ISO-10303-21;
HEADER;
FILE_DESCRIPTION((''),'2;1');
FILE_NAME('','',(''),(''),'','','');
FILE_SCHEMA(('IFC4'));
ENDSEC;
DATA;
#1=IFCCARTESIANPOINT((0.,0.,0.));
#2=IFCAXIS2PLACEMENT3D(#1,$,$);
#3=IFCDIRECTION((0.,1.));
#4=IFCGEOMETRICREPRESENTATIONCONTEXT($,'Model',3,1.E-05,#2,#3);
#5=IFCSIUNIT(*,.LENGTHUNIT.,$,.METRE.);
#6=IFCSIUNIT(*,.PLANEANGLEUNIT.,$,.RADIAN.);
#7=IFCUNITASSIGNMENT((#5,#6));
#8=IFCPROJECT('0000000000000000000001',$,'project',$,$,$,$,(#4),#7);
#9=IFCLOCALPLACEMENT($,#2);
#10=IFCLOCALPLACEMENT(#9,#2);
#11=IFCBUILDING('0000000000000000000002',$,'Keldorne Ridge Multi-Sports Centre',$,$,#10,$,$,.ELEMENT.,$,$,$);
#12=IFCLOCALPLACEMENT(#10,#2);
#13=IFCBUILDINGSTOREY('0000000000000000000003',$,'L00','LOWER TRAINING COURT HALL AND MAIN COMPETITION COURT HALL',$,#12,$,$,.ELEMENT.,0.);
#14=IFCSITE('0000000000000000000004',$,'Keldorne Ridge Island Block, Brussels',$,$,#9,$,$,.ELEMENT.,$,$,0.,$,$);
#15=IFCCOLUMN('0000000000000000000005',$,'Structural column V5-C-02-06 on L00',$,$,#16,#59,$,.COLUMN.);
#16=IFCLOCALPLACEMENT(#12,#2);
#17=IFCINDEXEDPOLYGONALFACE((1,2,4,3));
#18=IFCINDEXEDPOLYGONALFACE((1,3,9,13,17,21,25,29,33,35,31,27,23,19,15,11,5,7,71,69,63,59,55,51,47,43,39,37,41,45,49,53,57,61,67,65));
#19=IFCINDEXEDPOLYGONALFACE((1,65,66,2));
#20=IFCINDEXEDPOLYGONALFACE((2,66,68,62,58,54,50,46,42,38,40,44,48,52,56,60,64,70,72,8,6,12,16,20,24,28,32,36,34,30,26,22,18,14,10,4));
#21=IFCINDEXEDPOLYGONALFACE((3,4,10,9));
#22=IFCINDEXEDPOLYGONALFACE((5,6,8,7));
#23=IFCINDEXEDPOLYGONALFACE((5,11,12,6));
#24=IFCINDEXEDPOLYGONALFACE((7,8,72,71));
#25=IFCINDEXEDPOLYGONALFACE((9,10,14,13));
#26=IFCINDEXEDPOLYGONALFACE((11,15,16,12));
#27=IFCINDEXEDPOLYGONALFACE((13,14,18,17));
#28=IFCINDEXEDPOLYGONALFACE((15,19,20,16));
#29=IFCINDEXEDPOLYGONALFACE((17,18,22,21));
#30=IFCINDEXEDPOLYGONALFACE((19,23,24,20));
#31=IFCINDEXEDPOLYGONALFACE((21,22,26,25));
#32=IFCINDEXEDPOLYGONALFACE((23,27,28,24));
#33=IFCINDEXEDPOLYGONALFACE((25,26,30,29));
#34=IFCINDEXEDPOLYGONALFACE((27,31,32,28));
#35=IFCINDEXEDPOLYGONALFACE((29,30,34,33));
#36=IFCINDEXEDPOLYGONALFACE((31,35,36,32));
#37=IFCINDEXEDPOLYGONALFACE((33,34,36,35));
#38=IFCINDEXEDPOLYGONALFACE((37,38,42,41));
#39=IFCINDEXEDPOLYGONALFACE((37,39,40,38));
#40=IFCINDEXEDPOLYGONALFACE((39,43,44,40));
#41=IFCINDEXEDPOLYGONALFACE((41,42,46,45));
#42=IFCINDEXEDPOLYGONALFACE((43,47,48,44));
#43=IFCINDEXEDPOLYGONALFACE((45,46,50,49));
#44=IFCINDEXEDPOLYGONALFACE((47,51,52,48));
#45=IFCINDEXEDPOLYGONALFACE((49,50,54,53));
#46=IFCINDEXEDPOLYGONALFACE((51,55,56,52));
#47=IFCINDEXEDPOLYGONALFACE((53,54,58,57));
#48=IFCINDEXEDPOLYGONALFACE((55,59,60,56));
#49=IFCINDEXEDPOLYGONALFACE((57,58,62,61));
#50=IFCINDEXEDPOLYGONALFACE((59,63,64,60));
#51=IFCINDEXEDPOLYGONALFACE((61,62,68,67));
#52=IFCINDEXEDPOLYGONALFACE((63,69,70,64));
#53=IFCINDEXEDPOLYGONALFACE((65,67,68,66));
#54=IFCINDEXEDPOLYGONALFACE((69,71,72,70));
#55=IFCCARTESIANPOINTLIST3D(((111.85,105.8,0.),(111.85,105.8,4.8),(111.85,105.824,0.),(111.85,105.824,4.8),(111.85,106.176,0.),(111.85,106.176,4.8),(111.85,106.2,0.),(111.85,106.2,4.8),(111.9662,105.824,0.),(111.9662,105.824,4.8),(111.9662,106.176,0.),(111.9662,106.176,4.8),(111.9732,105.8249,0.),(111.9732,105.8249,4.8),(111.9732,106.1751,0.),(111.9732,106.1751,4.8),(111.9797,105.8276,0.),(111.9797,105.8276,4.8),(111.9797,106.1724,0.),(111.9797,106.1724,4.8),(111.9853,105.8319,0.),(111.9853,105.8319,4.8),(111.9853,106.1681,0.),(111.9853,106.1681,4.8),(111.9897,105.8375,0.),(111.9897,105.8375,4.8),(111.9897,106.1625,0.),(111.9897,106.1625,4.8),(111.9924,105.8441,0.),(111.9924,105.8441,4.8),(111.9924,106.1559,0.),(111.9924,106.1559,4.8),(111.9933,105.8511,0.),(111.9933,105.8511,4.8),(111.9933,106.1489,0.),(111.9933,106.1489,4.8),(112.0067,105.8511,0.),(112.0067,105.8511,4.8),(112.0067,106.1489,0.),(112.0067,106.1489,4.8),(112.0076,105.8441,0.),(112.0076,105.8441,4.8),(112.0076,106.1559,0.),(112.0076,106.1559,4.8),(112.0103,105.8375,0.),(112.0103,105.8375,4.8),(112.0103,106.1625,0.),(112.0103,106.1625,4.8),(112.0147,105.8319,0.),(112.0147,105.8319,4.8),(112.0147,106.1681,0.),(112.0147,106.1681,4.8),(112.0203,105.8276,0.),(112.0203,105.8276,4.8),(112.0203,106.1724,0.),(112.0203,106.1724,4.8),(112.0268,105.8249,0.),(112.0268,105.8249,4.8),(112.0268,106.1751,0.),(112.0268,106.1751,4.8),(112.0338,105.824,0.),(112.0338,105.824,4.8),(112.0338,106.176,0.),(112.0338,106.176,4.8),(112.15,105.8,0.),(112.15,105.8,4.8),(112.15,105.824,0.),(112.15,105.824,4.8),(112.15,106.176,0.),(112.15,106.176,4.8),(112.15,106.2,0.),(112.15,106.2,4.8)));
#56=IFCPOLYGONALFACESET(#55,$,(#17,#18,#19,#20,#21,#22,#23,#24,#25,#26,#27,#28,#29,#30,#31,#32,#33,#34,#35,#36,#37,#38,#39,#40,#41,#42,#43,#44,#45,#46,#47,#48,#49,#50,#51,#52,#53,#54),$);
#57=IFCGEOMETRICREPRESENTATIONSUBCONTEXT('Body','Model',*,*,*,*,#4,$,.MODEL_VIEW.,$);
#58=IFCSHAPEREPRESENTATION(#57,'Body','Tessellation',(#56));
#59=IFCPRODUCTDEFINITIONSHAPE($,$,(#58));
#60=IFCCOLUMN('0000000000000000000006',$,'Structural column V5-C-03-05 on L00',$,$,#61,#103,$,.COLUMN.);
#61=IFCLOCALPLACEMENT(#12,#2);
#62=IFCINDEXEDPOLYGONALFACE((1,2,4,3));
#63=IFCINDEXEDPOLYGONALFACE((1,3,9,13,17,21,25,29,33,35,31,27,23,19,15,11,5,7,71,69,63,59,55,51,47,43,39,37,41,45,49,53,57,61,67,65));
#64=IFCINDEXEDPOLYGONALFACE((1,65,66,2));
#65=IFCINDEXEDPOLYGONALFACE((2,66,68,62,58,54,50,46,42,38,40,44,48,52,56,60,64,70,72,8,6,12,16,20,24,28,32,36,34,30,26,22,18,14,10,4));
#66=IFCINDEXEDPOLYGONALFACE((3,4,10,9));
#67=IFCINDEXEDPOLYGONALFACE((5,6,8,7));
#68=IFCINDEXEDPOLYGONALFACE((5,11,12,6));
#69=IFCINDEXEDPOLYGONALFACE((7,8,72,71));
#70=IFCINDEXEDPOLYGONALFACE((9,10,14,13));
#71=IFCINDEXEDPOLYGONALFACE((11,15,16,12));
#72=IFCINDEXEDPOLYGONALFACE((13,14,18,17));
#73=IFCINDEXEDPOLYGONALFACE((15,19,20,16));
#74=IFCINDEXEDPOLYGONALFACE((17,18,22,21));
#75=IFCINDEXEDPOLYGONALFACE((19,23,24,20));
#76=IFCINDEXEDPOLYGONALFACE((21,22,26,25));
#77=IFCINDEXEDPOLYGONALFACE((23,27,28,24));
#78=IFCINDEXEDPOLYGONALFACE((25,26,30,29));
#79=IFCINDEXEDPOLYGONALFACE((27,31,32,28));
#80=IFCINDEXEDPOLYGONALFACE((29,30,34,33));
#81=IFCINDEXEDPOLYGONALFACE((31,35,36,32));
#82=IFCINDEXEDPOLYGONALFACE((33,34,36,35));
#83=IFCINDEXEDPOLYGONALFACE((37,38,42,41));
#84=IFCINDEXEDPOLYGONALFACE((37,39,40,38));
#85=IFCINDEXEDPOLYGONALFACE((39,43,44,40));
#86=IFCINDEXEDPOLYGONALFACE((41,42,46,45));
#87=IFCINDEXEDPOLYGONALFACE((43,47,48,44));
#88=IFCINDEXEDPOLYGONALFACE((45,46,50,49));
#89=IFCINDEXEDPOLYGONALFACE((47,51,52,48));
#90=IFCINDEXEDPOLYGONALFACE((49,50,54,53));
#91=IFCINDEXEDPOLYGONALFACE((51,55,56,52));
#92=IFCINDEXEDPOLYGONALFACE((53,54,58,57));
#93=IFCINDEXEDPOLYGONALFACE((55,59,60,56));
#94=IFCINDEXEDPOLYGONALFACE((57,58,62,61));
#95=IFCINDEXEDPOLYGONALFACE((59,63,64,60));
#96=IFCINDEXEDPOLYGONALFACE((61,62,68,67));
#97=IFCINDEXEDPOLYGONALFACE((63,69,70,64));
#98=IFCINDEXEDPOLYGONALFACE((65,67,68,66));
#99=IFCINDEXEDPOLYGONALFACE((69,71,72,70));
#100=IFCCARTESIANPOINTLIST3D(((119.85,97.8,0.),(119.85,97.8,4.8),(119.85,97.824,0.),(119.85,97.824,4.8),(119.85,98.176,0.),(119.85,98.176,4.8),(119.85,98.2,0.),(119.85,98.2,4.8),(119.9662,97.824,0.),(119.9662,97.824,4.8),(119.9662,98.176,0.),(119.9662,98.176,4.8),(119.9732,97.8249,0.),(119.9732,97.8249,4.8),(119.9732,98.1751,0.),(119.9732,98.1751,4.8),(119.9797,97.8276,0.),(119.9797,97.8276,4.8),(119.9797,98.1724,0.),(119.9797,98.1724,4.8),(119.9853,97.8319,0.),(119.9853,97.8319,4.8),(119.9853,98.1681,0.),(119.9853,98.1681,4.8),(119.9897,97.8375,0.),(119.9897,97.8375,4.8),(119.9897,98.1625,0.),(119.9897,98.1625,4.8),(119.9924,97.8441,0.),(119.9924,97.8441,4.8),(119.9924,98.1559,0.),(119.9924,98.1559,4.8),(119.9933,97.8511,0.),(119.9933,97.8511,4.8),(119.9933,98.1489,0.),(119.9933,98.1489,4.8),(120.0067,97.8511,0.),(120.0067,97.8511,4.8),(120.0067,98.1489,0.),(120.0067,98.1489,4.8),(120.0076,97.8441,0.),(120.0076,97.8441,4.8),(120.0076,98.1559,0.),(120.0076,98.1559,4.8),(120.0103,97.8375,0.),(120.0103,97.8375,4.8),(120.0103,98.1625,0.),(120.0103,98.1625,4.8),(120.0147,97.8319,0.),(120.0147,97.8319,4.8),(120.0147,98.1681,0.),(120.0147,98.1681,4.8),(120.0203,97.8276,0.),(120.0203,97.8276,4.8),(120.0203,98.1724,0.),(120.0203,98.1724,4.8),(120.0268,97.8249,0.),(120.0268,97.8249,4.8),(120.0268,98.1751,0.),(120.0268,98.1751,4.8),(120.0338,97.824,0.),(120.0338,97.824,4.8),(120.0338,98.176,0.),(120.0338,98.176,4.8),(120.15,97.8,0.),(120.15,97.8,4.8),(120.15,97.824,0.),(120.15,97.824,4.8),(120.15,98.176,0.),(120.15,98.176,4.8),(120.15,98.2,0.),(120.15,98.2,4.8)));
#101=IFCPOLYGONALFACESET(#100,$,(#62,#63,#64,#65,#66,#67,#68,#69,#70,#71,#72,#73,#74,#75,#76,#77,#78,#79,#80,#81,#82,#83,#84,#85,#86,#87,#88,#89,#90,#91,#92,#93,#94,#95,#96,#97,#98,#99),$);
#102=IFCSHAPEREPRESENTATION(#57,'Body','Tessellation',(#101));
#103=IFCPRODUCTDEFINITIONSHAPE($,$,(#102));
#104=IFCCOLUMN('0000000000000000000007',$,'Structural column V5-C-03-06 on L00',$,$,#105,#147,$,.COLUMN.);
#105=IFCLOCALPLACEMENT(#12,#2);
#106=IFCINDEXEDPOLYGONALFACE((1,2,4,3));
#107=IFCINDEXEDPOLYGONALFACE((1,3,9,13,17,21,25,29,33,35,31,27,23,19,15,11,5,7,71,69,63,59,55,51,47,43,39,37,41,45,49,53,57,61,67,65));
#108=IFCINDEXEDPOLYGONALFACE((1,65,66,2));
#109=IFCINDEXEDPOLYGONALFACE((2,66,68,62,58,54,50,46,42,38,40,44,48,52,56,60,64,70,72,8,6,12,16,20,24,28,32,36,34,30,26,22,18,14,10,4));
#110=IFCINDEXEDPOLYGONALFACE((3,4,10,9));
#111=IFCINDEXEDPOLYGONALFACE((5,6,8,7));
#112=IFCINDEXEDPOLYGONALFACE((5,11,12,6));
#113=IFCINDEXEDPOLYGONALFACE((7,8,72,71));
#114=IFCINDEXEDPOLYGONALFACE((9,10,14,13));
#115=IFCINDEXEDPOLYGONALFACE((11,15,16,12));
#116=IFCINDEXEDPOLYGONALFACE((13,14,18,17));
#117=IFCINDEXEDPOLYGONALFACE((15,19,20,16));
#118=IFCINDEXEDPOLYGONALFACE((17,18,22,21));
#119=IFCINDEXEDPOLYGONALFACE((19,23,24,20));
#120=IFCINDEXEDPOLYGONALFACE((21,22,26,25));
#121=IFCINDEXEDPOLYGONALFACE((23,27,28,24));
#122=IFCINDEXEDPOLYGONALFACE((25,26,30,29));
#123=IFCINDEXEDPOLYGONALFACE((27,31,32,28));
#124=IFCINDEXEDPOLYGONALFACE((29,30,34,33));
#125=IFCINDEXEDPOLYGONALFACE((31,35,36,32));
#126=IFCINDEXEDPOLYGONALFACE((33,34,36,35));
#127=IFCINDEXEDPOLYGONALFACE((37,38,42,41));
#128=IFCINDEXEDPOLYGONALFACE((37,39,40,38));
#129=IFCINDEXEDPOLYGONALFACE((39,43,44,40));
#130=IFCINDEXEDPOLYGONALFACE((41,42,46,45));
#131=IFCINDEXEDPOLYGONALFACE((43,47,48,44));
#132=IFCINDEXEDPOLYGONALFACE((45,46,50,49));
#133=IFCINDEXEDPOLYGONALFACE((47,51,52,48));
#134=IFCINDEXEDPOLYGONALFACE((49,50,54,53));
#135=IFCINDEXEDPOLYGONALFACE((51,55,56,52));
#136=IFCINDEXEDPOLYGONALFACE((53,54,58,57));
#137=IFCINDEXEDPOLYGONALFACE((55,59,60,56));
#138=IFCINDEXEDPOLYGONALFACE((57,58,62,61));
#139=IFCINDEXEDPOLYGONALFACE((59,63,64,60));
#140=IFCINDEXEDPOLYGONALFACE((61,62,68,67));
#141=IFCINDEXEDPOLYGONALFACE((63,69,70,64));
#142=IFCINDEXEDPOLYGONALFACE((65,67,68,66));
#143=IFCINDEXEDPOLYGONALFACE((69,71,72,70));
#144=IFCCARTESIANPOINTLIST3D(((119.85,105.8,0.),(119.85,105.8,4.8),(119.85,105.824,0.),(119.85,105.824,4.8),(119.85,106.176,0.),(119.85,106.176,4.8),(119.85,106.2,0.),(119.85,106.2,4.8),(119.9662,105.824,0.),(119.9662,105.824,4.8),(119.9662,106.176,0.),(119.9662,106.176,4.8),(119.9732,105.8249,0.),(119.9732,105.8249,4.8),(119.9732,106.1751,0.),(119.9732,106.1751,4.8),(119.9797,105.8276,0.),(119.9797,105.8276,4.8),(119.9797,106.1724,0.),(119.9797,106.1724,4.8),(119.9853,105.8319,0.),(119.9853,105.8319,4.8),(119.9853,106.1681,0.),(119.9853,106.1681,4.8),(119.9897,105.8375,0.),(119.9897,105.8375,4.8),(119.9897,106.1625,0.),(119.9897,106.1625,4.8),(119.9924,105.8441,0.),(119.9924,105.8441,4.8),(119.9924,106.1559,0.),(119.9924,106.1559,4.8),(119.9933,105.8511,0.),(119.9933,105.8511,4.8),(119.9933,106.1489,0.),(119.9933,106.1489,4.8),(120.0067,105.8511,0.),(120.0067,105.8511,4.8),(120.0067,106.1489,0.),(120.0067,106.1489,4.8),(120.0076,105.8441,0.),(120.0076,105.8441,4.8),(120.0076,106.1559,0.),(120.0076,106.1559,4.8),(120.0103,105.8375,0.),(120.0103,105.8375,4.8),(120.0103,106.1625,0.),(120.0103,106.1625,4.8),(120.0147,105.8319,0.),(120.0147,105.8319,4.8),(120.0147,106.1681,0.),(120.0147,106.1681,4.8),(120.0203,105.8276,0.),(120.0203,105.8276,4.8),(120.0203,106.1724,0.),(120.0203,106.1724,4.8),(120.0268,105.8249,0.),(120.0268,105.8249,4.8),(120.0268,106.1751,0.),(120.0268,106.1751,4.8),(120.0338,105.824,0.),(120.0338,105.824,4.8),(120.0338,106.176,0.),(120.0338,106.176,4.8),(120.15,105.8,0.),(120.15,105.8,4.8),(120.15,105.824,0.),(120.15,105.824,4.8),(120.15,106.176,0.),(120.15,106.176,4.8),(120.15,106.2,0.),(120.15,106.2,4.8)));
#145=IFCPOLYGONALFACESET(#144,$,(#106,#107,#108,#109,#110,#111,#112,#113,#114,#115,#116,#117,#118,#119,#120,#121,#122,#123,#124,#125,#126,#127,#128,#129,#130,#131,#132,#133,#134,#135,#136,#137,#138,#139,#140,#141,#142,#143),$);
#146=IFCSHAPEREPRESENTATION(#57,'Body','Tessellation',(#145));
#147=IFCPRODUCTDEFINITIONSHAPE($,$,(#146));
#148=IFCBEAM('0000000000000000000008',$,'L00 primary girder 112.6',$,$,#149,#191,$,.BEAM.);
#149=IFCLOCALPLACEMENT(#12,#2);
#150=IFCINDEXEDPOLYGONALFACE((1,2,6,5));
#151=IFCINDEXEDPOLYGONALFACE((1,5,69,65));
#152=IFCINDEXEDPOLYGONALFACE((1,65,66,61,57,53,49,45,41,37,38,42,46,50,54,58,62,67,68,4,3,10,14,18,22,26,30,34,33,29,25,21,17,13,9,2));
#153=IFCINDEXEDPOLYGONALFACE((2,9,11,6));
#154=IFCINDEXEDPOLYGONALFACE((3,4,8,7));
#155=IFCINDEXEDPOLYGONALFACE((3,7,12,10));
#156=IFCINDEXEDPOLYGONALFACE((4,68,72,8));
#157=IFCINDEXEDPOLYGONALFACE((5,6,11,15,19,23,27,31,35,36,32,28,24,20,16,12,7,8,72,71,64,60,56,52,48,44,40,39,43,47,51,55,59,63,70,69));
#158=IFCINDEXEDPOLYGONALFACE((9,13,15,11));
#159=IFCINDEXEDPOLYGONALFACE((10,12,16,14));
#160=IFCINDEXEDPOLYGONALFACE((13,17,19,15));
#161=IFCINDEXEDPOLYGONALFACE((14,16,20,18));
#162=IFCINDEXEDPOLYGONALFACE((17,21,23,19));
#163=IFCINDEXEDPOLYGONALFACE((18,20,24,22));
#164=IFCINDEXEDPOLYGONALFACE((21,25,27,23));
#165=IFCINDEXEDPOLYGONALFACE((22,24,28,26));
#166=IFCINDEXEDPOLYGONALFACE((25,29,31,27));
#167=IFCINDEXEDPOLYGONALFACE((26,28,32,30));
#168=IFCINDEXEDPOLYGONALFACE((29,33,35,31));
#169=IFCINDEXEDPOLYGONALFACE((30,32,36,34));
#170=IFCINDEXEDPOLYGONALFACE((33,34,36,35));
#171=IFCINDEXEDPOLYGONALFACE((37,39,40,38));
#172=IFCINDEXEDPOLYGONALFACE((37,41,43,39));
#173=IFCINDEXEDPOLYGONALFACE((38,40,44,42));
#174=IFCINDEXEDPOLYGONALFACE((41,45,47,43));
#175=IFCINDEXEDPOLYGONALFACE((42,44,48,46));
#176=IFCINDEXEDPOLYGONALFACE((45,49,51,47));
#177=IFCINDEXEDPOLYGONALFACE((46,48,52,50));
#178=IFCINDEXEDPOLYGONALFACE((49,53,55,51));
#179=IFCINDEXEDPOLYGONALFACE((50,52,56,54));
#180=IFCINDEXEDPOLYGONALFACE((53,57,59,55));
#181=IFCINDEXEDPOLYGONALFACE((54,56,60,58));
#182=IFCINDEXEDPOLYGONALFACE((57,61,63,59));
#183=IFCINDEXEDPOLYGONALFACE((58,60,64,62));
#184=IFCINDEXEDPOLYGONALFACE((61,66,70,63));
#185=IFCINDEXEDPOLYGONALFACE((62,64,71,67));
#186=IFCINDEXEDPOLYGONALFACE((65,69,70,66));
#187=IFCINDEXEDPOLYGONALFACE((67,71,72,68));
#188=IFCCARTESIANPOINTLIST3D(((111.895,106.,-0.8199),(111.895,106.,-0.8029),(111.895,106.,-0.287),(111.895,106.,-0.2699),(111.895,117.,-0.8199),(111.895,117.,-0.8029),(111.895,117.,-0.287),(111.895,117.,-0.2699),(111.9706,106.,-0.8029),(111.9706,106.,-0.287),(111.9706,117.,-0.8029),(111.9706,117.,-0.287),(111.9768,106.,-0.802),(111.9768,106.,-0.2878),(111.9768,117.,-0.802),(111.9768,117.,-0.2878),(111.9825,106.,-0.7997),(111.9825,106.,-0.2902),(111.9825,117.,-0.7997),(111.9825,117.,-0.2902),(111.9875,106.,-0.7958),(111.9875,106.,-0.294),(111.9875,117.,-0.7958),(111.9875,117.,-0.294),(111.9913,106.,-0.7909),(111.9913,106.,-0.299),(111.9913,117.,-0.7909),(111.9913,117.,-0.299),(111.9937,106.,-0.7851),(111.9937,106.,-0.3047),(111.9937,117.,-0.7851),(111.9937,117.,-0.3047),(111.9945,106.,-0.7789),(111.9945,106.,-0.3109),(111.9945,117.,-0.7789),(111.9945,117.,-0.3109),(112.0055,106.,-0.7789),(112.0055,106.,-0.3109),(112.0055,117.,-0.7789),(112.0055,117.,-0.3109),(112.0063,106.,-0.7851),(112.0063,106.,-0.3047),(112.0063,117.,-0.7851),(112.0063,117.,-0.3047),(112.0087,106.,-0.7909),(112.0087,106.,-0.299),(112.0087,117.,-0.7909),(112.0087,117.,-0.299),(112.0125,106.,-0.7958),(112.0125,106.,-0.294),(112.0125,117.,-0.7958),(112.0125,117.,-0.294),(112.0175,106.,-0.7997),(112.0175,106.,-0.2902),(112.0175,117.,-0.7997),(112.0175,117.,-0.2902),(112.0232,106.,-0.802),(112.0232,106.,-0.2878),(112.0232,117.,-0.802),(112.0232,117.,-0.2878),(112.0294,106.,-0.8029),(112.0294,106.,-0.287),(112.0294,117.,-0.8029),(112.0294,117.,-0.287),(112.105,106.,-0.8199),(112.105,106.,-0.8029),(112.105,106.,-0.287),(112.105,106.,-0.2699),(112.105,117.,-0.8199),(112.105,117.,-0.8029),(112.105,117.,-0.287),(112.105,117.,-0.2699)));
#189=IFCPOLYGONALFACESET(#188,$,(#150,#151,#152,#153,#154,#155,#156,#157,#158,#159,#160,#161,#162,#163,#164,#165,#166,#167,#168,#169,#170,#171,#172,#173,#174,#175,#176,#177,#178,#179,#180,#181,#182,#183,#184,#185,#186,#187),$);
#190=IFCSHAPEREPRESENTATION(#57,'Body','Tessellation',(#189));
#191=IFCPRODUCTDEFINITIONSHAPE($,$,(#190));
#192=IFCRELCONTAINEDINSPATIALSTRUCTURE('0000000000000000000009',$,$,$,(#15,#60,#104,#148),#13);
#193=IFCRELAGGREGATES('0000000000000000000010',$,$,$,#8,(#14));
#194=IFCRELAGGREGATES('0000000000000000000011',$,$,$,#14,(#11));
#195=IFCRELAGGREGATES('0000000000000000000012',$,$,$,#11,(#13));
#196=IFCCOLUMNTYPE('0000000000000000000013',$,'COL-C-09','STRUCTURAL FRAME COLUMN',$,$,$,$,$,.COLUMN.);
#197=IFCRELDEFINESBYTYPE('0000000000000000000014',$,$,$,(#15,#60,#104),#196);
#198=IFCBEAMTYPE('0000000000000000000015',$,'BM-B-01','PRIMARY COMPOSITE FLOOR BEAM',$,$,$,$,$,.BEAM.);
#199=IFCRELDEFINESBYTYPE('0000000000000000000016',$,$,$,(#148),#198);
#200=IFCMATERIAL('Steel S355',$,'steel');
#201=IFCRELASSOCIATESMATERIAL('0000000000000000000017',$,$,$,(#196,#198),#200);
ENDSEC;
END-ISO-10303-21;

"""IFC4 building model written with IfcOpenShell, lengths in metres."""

from ifc_helpers import new_model, si_unit, direction, frame, origin, origin_2d, place, context, subcontext, project, spatial, i_section, extrude, material, material_profile, profile_set, type_object, element, save


model = new_model("IFC4")

# Units and contexts
model_context = context("Model", 3, precision=1e-05, world=origin(), true_north=direction((0.0, 1.0)))
body_context = subcontext(model_context, "Body", "Model", "MODEL_VIEW")
ifc_project = project(units=[si_unit("LENGTHUNIT", "METRE"), si_unit("PLANEANGLEUNIT", "RADIAN")], contexts=[model_context])

# Site, building, storey
site_placement = place(None, origin())
site = spatial("IfcSite", under=ifc_project, at=site_placement, Name="Keldorne Ridge Island Block, Brussels", CompositionType="ELEMENT", RefElevation=0.0)
building_placement = place(site_placement, origin())
building = spatial("IfcBuilding", under=site, at=building_placement, Name="Keldorne Ridge Multi-Sports Centre", CompositionType="ELEMENT")
storey_placement = place(building_placement, origin())
storey = spatial("IfcBuildingStorey", under=building, at=storey_placement, Name="L00", Description="LOWER TRAINING COURT HALL AND MAIN COMPETITION COURT HALL", CompositionType="ELEMENT", Elevation=0.0)

# Columns
ifc_material_1 = material(Name="Steel S355", Category="steel")
ifc_material_profile_1 = material_profile(ifc_material_1, i_section(OverallWidth=0.3, OverallDepth=0.3999, WebThickness=0.0134, FlangeThickness=0.0239, FilletRadius=0.0271, at=origin_2d()), Name="HEB 400")
ifc_profile_set_1 = profile_set([ifc_material_profile_1], Name="Steel S355")
column_type = type_object("IfcColumnType", Name="COL-C-09", Description="STRUCTURAL FRAME COLUMN", PredefinedType="COLUMN", material=ifc_profile_set_1)
for number, where, z_axis, x_axis, name in (
    (1, (112.0, 106.0, 0.0), (0.0, 0.0, 1.0), (1.0, 0.0, 0.0), "Structural column V5-C-02-06 on L00"),
    (2, (120.0, 98.0, 0.0), (0.0, 0.0, 1.0), (1.0, 0.0, 0.0), "Structural column V5-C-03-05 on L00"),
    (3, (120.0, 106.0, 0.0), (0.0, 0.0, 1.0), (1.0, 0.0, 0.0), "Structural column V5-C-03-06 on L00"),
):
    element("IfcColumn", number, at=place(storey_placement, frame(where, z_axis=z_axis, x_axis=x_axis)), inside=storey, type_object=column_type, Name=name, PredefinedType="COLUMN", context=body_context, shape_type="SweptSolid", body=[
        extrude(i_section(OverallWidth=0.3, OverallDepth=0.3999, WebThickness=0.0134, FlangeThickness=0.0239, FilletRadius=0.0271, at=origin_2d()), origin(), (0.0, 0.0, 1.0), 4.8),
    ])

# Beam
ifc_material_profile_2 = material_profile(ifc_material_1, i_section(OverallWidth=0.21, OverallDepth=0.55, WebThickness=0.011, FlangeThickness=0.0171, FilletRadius=0.0239, at=origin_2d()), Name="IPE 550")
ifc_profile_set_2 = profile_set([ifc_material_profile_2], Name="Steel S355")
beam_type_1 = type_object("IfcBeamType", Name="BM-B-01", Description="PRIMARY COMPOSITE FLOOR BEAM", PredefinedType="BEAM", material=ifc_profile_set_2)
beam_1_placement = place(storey_placement, frame((112.0, 106.0, -0.5449), z_axis=(0.0, 1.0, 0.0), x_axis=(-1.0, 0.0, 0.0)))
element("IfcBeam", 4, at=beam_1_placement, inside=storey, type_object=beam_type_1, Name="L00 primary girder 112.6", PredefinedType="BEAM", context=body_context, shape_type="SweptSolid", body=[
    extrude(i_section(OverallWidth=0.21, OverallDepth=0.55, WebThickness=0.011, FlangeThickness=0.0171, FilletRadius=0.0239, at=origin_2d()), origin(), (0.0, 0.0, 1.0), 11.0),
])

save(model, "model.ifc")
